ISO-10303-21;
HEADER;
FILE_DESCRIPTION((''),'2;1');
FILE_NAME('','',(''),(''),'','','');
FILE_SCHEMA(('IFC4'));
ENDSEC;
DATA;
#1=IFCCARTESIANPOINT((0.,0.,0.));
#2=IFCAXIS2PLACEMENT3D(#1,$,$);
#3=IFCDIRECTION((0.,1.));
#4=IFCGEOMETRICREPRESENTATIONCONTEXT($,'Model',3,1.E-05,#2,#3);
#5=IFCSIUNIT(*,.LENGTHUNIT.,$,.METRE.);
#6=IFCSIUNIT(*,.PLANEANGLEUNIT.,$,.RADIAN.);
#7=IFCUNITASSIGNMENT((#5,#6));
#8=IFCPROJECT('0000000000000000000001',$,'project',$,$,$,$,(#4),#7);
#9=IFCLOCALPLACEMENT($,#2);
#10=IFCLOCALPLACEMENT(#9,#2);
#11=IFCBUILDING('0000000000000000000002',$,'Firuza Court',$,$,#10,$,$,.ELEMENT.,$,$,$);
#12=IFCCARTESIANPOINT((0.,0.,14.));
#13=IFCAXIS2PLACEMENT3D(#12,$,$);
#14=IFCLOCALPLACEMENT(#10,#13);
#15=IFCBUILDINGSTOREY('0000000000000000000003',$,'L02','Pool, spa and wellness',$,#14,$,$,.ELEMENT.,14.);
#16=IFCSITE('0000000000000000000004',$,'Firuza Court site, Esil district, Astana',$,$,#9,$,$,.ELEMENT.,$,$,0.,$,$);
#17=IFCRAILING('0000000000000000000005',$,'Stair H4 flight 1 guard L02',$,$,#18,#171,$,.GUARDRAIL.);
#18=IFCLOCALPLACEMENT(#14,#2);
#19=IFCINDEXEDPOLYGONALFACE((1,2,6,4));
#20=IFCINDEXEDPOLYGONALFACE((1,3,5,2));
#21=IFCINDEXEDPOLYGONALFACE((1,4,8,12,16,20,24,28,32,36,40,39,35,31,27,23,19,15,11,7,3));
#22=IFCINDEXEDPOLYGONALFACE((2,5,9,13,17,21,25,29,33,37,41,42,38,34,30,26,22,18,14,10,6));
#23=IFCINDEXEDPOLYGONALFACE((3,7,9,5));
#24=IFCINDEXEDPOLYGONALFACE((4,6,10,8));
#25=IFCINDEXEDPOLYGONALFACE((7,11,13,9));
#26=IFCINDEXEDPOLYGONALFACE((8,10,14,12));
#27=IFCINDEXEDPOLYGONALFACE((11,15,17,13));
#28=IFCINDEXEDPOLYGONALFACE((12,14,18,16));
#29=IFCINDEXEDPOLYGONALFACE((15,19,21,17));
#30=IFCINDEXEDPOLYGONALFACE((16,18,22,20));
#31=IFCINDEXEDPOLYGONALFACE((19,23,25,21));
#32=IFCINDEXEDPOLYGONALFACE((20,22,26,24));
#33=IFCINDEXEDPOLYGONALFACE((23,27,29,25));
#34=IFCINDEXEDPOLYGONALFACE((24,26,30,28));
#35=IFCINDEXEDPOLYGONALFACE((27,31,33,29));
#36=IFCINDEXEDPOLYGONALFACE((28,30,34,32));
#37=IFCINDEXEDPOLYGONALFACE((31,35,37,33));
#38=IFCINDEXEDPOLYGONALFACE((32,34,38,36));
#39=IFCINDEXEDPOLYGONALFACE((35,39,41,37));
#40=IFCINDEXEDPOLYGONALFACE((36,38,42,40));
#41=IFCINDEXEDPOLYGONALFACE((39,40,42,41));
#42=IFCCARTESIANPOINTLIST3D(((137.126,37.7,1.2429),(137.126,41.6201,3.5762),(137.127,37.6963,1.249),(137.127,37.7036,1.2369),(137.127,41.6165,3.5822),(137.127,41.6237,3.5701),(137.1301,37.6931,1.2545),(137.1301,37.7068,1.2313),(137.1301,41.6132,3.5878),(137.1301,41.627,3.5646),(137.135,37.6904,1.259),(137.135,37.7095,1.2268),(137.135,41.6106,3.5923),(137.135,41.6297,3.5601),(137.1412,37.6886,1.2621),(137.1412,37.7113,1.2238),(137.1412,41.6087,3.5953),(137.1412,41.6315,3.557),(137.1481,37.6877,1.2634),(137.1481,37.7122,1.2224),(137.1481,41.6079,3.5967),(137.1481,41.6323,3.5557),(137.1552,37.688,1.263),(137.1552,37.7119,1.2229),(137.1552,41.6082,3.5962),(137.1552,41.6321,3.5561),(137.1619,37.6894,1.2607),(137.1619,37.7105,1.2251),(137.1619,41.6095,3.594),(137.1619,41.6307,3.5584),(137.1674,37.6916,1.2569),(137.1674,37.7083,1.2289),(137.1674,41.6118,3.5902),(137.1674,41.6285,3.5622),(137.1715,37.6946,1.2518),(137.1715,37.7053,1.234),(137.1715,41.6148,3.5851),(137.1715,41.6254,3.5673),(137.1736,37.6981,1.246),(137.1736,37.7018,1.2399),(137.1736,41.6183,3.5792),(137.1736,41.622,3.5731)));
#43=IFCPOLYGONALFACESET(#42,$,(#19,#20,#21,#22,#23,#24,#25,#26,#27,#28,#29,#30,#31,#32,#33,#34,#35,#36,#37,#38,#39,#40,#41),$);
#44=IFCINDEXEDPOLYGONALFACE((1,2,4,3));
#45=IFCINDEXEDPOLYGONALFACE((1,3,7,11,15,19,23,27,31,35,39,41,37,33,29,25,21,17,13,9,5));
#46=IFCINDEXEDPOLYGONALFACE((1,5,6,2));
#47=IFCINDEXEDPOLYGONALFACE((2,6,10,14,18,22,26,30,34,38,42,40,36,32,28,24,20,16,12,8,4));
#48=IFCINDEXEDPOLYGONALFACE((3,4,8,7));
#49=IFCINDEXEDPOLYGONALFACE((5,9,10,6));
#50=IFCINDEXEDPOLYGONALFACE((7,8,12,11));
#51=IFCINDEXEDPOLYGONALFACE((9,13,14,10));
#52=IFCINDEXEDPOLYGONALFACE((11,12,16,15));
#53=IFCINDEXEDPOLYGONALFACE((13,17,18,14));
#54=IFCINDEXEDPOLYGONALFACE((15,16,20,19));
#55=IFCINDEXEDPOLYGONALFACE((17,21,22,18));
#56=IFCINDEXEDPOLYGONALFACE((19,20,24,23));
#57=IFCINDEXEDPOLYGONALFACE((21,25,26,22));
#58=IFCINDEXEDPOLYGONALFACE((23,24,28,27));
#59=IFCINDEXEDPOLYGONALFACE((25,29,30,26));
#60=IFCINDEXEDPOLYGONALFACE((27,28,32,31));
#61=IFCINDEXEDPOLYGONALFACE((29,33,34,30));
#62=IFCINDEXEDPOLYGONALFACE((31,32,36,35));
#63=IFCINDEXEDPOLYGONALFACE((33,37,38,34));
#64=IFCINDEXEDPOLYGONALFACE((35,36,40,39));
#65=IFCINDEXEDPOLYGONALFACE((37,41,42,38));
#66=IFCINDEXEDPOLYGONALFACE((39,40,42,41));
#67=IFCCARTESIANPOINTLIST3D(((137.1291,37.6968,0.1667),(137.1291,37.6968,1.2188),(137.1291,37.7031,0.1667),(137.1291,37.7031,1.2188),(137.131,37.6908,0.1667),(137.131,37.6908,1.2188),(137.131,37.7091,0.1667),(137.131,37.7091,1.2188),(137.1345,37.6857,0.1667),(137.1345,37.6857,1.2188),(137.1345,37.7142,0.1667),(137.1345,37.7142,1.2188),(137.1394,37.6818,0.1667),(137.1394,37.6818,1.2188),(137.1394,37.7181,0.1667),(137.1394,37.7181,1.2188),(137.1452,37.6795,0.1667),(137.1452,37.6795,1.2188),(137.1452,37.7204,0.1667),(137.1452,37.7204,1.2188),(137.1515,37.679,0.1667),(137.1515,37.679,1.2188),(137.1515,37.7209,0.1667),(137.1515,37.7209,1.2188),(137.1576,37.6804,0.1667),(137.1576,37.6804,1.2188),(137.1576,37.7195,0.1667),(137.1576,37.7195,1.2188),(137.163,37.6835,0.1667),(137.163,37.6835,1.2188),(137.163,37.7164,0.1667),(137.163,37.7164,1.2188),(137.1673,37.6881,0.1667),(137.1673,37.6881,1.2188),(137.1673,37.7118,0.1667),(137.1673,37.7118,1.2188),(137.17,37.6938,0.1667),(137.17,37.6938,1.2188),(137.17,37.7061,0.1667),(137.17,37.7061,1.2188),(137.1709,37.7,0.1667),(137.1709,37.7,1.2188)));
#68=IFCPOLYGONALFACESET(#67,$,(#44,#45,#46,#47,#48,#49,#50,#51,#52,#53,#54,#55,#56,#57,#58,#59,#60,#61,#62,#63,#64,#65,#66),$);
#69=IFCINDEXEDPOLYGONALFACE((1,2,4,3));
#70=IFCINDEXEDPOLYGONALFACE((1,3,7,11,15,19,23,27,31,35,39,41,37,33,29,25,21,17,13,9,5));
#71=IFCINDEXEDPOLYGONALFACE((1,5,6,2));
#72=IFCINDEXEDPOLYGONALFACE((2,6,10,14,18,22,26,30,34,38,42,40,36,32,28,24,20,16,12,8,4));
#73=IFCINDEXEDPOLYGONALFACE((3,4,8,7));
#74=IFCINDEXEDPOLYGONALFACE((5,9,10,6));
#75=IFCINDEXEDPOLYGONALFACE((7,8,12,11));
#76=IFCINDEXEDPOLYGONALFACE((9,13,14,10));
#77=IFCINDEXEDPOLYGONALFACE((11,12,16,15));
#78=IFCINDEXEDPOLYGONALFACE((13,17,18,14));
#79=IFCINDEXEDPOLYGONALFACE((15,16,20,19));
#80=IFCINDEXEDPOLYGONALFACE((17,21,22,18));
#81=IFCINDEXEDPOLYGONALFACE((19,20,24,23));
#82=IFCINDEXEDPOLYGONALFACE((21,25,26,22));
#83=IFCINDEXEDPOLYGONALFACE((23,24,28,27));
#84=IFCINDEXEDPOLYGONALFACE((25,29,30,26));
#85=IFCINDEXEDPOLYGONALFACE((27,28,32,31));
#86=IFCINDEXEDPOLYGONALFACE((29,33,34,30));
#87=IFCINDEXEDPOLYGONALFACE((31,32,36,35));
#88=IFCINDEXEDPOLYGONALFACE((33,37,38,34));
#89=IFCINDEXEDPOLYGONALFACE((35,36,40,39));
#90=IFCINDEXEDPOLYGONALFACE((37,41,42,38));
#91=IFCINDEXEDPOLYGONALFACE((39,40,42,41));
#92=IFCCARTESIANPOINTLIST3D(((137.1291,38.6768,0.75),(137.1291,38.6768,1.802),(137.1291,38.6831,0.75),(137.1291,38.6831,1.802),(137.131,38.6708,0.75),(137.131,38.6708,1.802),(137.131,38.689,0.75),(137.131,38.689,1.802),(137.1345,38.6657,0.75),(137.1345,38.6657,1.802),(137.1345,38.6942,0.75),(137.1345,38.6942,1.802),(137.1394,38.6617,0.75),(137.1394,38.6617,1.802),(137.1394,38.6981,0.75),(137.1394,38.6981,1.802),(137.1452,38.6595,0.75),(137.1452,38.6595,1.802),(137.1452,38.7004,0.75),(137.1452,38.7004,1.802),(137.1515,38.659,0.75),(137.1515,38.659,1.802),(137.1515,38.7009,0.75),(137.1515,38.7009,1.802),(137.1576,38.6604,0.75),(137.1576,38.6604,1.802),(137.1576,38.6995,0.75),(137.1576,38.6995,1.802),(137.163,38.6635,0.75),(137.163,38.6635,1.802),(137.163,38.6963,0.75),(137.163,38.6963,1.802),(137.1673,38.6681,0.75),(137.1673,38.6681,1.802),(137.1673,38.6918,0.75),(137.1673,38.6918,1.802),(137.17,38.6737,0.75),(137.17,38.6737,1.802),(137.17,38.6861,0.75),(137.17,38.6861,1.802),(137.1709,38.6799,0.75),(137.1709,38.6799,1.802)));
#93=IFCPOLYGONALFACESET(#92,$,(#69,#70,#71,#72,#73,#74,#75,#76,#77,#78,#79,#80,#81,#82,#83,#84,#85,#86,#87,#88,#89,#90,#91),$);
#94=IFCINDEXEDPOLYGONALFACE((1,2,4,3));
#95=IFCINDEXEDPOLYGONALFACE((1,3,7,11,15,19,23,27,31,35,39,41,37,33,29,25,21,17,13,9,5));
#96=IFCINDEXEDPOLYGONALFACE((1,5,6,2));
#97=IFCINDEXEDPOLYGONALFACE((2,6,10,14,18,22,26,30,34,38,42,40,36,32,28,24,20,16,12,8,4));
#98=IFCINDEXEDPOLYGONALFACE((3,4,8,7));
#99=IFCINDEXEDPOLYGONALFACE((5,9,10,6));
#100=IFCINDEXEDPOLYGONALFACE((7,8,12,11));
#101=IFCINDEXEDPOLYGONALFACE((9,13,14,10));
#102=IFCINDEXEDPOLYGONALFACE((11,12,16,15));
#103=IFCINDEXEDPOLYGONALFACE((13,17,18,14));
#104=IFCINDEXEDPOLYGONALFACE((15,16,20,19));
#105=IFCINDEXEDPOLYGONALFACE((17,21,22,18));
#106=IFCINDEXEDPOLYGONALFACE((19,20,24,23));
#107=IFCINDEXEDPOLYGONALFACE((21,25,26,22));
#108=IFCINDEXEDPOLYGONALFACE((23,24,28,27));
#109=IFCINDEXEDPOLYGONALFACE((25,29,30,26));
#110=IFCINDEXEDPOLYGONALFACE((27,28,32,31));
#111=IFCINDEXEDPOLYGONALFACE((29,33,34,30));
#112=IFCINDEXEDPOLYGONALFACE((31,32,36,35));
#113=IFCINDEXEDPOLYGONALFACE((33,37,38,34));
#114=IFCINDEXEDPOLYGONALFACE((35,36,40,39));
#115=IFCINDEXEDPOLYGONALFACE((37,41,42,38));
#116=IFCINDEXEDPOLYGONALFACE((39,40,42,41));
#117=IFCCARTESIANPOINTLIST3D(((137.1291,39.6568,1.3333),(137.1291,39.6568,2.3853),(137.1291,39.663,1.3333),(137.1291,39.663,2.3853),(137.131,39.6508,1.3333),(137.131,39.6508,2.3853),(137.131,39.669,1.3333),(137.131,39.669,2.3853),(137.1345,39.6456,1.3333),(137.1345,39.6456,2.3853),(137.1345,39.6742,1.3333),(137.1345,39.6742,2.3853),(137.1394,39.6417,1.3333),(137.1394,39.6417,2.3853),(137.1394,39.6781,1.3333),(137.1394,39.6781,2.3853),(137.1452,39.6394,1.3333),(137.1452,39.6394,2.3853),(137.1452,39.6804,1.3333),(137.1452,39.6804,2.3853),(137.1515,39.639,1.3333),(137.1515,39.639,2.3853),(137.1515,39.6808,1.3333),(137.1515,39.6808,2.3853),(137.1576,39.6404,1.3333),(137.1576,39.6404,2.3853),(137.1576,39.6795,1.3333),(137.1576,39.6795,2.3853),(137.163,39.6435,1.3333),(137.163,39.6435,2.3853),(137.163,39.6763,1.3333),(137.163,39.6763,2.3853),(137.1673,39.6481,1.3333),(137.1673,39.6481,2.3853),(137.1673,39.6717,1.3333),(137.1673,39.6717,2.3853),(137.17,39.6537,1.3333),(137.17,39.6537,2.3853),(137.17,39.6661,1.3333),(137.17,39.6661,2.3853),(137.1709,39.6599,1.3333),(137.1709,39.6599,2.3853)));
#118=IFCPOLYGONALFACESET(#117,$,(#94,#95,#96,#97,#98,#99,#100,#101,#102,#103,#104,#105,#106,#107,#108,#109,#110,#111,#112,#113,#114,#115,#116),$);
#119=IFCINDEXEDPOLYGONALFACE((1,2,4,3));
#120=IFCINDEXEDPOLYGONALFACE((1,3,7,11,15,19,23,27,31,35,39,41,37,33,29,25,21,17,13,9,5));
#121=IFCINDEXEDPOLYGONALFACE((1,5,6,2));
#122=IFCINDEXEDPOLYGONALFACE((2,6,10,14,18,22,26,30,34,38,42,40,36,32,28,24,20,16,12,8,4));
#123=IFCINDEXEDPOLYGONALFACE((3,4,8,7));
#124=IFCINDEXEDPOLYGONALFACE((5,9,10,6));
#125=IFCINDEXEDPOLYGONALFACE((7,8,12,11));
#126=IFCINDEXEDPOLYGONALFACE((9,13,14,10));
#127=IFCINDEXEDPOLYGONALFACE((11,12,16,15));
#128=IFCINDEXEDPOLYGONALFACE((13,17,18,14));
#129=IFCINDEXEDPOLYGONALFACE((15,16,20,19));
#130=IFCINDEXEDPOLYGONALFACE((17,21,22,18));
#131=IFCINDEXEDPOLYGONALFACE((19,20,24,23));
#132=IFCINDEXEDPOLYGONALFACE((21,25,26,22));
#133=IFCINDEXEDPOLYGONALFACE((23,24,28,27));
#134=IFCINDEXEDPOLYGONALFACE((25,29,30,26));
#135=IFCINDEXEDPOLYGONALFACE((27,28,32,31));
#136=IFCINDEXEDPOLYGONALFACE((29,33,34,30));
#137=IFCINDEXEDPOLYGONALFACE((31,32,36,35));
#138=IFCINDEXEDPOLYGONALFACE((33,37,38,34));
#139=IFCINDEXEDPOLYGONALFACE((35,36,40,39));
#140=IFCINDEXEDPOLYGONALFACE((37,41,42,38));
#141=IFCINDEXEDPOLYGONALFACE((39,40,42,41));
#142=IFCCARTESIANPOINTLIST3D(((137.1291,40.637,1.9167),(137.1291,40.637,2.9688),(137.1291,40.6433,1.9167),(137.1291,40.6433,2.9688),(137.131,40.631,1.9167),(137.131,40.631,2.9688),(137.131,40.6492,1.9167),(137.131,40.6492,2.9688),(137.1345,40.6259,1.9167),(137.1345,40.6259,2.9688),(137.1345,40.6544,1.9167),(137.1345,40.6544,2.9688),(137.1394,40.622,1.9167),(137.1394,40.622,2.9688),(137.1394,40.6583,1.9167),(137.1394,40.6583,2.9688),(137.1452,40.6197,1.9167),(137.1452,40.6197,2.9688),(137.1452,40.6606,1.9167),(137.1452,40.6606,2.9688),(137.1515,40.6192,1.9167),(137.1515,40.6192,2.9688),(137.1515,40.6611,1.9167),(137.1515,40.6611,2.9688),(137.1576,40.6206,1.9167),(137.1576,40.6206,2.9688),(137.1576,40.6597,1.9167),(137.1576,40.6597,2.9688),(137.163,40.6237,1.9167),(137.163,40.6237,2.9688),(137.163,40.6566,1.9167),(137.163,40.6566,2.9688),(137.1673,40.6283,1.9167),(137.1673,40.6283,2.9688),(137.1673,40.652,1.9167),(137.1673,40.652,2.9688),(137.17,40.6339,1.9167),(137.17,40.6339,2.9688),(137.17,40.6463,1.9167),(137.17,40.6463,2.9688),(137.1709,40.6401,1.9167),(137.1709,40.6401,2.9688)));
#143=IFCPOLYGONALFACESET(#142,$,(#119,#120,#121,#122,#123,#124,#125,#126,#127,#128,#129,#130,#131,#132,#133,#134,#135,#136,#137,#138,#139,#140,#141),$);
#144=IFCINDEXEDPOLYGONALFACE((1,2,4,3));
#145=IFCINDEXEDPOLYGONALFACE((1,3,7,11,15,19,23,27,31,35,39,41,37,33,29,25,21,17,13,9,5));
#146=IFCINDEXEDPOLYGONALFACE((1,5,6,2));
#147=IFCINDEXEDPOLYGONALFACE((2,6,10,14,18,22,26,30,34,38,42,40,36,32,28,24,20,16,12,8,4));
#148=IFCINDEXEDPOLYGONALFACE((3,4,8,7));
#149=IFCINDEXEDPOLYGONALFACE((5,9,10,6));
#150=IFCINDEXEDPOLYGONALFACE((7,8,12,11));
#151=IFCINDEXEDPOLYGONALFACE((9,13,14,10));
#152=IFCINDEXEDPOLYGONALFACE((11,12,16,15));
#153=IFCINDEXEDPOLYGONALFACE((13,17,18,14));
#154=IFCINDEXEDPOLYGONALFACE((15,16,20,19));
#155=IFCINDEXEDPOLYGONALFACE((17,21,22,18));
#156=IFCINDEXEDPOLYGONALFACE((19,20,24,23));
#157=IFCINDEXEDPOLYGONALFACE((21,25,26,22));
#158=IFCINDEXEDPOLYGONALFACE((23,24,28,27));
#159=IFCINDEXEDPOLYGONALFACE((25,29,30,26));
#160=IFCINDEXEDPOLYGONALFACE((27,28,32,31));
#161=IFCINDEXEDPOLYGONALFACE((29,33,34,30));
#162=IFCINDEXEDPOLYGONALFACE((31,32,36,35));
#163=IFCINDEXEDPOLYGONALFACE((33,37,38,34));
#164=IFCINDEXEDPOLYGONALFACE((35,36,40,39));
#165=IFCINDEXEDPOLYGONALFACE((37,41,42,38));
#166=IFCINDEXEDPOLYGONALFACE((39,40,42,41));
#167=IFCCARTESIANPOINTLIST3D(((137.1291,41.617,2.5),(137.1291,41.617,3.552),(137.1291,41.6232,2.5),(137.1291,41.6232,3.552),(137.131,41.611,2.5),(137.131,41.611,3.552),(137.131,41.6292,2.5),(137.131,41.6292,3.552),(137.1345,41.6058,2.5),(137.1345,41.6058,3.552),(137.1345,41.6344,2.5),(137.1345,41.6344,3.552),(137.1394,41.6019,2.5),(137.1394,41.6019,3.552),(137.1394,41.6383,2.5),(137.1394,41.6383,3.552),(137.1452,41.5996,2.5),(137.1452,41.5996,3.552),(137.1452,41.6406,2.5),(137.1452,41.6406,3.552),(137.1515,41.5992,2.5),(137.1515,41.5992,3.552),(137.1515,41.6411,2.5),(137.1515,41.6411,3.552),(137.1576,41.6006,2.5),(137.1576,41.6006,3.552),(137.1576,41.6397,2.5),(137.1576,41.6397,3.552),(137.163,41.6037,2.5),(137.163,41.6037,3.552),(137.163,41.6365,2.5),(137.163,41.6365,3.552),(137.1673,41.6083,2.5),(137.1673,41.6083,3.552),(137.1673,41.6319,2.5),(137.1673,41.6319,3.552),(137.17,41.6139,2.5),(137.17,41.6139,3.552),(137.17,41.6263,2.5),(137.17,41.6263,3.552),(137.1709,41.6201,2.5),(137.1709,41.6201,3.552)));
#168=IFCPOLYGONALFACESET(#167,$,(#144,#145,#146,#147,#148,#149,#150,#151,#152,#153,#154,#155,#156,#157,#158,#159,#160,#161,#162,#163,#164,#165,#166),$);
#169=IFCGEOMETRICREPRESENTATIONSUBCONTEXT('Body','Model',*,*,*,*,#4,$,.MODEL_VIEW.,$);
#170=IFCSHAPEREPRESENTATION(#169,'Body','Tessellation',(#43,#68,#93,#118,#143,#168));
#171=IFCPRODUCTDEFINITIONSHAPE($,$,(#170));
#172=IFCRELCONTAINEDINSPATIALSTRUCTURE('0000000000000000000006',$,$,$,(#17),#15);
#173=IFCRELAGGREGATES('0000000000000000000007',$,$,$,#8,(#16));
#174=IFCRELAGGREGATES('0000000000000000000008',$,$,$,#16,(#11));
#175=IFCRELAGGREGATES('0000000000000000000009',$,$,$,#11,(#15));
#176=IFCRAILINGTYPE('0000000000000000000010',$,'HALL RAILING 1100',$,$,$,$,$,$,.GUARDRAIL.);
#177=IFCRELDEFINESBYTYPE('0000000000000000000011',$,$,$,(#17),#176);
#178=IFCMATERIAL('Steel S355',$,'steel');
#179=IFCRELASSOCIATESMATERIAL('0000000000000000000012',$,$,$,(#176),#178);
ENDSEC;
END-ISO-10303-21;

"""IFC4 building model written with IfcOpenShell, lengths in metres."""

from ifc_helpers import new_model, si_unit, direction, frame, origin, origin_2d, place, context, subcontext, project, spatial, circle, extrude, material, type_object, element, save


model = new_model("IFC4")

# Units and contexts
model_context = context("Model", 3, precision=1e-05, world=origin(), true_north=direction((0.0, 1.0)))
body_context = subcontext(model_context, "Body", "Model", "MODEL_VIEW")
ifc_project = project(units=[si_unit("LENGTHUNIT", "METRE"), si_unit("PLANEANGLEUNIT", "RADIAN")], contexts=[model_context])

# Site, building, storey
site_placement = place(None, origin())
site = spatial("IfcSite", under=ifc_project, at=site_placement, Name="Firuza Court site, Esil district, Astana", CompositionType="ELEMENT", RefElevation=0.0)
building_placement = place(site_placement, origin())
building = spatial("IfcBuilding", under=site, at=building_placement, Name="Firuza Court", CompositionType="ELEMENT")
storey_placement = place(building_placement, frame((0.0, 0.0, 14.0)))
storey = spatial("IfcBuildingStorey", under=building, at=storey_placement, Name="L02", Description="Pool, spa and wellness", CompositionType="ELEMENT", Elevation=14.0)

# Railing
ifc_material_1 = material(Name="Steel S355", Category="steel")
railing_type_1 = type_object("IfcRailingType", Name="HALL RAILING 1100", PredefinedType="GUARDRAIL", material=ifc_material_1)
railing_1_placement = place(storey_placement, frame((137.1499, 37.7, 0.1667)))
element("IfcRailing", 1, at=railing_1_placement, inside=storey, type_object=railing_type_1, Name="Stair H4 flight 1 guard L02", PredefinedType="GUARDRAIL", context=body_context, shape_type="SweptSolid", body=[
    extrude(circle(Radius=0.0239, at=origin_2d()), frame((0.0, 0.0, 1.0762), z_axis=(0.0, 0.85931, 0.511455), x_axis=(-1.0, 0.0, 0.0)), (0.0, 0.0, 1.0), 4.562),
    extrude(circle(Radius=0.021, at=origin_2d()), origin(), (0.0, 0.0, 1.0), 1.052),
    extrude(circle(Radius=0.021, at=origin_2d()), frame((0.0, 0.98, 0.5833)), (0.0, 0.0, 1.0), 1.052),
    extrude(circle(Radius=0.021, at=origin_2d()), frame((0.0, 1.96, 1.1665)), (0.0, 0.0, 1.0), 1.052),
    extrude(circle(Radius=0.021, at=origin_2d()), frame((0.0, 2.9402, 1.75)), (0.0, 0.0, 1.0), 1.052),
    extrude(circle(Radius=0.021, at=origin_2d()), frame((0.0, 3.9202, 2.3333)), (0.0, 0.0, 1.0), 1.052),
])

save(model, "model.ifc")
